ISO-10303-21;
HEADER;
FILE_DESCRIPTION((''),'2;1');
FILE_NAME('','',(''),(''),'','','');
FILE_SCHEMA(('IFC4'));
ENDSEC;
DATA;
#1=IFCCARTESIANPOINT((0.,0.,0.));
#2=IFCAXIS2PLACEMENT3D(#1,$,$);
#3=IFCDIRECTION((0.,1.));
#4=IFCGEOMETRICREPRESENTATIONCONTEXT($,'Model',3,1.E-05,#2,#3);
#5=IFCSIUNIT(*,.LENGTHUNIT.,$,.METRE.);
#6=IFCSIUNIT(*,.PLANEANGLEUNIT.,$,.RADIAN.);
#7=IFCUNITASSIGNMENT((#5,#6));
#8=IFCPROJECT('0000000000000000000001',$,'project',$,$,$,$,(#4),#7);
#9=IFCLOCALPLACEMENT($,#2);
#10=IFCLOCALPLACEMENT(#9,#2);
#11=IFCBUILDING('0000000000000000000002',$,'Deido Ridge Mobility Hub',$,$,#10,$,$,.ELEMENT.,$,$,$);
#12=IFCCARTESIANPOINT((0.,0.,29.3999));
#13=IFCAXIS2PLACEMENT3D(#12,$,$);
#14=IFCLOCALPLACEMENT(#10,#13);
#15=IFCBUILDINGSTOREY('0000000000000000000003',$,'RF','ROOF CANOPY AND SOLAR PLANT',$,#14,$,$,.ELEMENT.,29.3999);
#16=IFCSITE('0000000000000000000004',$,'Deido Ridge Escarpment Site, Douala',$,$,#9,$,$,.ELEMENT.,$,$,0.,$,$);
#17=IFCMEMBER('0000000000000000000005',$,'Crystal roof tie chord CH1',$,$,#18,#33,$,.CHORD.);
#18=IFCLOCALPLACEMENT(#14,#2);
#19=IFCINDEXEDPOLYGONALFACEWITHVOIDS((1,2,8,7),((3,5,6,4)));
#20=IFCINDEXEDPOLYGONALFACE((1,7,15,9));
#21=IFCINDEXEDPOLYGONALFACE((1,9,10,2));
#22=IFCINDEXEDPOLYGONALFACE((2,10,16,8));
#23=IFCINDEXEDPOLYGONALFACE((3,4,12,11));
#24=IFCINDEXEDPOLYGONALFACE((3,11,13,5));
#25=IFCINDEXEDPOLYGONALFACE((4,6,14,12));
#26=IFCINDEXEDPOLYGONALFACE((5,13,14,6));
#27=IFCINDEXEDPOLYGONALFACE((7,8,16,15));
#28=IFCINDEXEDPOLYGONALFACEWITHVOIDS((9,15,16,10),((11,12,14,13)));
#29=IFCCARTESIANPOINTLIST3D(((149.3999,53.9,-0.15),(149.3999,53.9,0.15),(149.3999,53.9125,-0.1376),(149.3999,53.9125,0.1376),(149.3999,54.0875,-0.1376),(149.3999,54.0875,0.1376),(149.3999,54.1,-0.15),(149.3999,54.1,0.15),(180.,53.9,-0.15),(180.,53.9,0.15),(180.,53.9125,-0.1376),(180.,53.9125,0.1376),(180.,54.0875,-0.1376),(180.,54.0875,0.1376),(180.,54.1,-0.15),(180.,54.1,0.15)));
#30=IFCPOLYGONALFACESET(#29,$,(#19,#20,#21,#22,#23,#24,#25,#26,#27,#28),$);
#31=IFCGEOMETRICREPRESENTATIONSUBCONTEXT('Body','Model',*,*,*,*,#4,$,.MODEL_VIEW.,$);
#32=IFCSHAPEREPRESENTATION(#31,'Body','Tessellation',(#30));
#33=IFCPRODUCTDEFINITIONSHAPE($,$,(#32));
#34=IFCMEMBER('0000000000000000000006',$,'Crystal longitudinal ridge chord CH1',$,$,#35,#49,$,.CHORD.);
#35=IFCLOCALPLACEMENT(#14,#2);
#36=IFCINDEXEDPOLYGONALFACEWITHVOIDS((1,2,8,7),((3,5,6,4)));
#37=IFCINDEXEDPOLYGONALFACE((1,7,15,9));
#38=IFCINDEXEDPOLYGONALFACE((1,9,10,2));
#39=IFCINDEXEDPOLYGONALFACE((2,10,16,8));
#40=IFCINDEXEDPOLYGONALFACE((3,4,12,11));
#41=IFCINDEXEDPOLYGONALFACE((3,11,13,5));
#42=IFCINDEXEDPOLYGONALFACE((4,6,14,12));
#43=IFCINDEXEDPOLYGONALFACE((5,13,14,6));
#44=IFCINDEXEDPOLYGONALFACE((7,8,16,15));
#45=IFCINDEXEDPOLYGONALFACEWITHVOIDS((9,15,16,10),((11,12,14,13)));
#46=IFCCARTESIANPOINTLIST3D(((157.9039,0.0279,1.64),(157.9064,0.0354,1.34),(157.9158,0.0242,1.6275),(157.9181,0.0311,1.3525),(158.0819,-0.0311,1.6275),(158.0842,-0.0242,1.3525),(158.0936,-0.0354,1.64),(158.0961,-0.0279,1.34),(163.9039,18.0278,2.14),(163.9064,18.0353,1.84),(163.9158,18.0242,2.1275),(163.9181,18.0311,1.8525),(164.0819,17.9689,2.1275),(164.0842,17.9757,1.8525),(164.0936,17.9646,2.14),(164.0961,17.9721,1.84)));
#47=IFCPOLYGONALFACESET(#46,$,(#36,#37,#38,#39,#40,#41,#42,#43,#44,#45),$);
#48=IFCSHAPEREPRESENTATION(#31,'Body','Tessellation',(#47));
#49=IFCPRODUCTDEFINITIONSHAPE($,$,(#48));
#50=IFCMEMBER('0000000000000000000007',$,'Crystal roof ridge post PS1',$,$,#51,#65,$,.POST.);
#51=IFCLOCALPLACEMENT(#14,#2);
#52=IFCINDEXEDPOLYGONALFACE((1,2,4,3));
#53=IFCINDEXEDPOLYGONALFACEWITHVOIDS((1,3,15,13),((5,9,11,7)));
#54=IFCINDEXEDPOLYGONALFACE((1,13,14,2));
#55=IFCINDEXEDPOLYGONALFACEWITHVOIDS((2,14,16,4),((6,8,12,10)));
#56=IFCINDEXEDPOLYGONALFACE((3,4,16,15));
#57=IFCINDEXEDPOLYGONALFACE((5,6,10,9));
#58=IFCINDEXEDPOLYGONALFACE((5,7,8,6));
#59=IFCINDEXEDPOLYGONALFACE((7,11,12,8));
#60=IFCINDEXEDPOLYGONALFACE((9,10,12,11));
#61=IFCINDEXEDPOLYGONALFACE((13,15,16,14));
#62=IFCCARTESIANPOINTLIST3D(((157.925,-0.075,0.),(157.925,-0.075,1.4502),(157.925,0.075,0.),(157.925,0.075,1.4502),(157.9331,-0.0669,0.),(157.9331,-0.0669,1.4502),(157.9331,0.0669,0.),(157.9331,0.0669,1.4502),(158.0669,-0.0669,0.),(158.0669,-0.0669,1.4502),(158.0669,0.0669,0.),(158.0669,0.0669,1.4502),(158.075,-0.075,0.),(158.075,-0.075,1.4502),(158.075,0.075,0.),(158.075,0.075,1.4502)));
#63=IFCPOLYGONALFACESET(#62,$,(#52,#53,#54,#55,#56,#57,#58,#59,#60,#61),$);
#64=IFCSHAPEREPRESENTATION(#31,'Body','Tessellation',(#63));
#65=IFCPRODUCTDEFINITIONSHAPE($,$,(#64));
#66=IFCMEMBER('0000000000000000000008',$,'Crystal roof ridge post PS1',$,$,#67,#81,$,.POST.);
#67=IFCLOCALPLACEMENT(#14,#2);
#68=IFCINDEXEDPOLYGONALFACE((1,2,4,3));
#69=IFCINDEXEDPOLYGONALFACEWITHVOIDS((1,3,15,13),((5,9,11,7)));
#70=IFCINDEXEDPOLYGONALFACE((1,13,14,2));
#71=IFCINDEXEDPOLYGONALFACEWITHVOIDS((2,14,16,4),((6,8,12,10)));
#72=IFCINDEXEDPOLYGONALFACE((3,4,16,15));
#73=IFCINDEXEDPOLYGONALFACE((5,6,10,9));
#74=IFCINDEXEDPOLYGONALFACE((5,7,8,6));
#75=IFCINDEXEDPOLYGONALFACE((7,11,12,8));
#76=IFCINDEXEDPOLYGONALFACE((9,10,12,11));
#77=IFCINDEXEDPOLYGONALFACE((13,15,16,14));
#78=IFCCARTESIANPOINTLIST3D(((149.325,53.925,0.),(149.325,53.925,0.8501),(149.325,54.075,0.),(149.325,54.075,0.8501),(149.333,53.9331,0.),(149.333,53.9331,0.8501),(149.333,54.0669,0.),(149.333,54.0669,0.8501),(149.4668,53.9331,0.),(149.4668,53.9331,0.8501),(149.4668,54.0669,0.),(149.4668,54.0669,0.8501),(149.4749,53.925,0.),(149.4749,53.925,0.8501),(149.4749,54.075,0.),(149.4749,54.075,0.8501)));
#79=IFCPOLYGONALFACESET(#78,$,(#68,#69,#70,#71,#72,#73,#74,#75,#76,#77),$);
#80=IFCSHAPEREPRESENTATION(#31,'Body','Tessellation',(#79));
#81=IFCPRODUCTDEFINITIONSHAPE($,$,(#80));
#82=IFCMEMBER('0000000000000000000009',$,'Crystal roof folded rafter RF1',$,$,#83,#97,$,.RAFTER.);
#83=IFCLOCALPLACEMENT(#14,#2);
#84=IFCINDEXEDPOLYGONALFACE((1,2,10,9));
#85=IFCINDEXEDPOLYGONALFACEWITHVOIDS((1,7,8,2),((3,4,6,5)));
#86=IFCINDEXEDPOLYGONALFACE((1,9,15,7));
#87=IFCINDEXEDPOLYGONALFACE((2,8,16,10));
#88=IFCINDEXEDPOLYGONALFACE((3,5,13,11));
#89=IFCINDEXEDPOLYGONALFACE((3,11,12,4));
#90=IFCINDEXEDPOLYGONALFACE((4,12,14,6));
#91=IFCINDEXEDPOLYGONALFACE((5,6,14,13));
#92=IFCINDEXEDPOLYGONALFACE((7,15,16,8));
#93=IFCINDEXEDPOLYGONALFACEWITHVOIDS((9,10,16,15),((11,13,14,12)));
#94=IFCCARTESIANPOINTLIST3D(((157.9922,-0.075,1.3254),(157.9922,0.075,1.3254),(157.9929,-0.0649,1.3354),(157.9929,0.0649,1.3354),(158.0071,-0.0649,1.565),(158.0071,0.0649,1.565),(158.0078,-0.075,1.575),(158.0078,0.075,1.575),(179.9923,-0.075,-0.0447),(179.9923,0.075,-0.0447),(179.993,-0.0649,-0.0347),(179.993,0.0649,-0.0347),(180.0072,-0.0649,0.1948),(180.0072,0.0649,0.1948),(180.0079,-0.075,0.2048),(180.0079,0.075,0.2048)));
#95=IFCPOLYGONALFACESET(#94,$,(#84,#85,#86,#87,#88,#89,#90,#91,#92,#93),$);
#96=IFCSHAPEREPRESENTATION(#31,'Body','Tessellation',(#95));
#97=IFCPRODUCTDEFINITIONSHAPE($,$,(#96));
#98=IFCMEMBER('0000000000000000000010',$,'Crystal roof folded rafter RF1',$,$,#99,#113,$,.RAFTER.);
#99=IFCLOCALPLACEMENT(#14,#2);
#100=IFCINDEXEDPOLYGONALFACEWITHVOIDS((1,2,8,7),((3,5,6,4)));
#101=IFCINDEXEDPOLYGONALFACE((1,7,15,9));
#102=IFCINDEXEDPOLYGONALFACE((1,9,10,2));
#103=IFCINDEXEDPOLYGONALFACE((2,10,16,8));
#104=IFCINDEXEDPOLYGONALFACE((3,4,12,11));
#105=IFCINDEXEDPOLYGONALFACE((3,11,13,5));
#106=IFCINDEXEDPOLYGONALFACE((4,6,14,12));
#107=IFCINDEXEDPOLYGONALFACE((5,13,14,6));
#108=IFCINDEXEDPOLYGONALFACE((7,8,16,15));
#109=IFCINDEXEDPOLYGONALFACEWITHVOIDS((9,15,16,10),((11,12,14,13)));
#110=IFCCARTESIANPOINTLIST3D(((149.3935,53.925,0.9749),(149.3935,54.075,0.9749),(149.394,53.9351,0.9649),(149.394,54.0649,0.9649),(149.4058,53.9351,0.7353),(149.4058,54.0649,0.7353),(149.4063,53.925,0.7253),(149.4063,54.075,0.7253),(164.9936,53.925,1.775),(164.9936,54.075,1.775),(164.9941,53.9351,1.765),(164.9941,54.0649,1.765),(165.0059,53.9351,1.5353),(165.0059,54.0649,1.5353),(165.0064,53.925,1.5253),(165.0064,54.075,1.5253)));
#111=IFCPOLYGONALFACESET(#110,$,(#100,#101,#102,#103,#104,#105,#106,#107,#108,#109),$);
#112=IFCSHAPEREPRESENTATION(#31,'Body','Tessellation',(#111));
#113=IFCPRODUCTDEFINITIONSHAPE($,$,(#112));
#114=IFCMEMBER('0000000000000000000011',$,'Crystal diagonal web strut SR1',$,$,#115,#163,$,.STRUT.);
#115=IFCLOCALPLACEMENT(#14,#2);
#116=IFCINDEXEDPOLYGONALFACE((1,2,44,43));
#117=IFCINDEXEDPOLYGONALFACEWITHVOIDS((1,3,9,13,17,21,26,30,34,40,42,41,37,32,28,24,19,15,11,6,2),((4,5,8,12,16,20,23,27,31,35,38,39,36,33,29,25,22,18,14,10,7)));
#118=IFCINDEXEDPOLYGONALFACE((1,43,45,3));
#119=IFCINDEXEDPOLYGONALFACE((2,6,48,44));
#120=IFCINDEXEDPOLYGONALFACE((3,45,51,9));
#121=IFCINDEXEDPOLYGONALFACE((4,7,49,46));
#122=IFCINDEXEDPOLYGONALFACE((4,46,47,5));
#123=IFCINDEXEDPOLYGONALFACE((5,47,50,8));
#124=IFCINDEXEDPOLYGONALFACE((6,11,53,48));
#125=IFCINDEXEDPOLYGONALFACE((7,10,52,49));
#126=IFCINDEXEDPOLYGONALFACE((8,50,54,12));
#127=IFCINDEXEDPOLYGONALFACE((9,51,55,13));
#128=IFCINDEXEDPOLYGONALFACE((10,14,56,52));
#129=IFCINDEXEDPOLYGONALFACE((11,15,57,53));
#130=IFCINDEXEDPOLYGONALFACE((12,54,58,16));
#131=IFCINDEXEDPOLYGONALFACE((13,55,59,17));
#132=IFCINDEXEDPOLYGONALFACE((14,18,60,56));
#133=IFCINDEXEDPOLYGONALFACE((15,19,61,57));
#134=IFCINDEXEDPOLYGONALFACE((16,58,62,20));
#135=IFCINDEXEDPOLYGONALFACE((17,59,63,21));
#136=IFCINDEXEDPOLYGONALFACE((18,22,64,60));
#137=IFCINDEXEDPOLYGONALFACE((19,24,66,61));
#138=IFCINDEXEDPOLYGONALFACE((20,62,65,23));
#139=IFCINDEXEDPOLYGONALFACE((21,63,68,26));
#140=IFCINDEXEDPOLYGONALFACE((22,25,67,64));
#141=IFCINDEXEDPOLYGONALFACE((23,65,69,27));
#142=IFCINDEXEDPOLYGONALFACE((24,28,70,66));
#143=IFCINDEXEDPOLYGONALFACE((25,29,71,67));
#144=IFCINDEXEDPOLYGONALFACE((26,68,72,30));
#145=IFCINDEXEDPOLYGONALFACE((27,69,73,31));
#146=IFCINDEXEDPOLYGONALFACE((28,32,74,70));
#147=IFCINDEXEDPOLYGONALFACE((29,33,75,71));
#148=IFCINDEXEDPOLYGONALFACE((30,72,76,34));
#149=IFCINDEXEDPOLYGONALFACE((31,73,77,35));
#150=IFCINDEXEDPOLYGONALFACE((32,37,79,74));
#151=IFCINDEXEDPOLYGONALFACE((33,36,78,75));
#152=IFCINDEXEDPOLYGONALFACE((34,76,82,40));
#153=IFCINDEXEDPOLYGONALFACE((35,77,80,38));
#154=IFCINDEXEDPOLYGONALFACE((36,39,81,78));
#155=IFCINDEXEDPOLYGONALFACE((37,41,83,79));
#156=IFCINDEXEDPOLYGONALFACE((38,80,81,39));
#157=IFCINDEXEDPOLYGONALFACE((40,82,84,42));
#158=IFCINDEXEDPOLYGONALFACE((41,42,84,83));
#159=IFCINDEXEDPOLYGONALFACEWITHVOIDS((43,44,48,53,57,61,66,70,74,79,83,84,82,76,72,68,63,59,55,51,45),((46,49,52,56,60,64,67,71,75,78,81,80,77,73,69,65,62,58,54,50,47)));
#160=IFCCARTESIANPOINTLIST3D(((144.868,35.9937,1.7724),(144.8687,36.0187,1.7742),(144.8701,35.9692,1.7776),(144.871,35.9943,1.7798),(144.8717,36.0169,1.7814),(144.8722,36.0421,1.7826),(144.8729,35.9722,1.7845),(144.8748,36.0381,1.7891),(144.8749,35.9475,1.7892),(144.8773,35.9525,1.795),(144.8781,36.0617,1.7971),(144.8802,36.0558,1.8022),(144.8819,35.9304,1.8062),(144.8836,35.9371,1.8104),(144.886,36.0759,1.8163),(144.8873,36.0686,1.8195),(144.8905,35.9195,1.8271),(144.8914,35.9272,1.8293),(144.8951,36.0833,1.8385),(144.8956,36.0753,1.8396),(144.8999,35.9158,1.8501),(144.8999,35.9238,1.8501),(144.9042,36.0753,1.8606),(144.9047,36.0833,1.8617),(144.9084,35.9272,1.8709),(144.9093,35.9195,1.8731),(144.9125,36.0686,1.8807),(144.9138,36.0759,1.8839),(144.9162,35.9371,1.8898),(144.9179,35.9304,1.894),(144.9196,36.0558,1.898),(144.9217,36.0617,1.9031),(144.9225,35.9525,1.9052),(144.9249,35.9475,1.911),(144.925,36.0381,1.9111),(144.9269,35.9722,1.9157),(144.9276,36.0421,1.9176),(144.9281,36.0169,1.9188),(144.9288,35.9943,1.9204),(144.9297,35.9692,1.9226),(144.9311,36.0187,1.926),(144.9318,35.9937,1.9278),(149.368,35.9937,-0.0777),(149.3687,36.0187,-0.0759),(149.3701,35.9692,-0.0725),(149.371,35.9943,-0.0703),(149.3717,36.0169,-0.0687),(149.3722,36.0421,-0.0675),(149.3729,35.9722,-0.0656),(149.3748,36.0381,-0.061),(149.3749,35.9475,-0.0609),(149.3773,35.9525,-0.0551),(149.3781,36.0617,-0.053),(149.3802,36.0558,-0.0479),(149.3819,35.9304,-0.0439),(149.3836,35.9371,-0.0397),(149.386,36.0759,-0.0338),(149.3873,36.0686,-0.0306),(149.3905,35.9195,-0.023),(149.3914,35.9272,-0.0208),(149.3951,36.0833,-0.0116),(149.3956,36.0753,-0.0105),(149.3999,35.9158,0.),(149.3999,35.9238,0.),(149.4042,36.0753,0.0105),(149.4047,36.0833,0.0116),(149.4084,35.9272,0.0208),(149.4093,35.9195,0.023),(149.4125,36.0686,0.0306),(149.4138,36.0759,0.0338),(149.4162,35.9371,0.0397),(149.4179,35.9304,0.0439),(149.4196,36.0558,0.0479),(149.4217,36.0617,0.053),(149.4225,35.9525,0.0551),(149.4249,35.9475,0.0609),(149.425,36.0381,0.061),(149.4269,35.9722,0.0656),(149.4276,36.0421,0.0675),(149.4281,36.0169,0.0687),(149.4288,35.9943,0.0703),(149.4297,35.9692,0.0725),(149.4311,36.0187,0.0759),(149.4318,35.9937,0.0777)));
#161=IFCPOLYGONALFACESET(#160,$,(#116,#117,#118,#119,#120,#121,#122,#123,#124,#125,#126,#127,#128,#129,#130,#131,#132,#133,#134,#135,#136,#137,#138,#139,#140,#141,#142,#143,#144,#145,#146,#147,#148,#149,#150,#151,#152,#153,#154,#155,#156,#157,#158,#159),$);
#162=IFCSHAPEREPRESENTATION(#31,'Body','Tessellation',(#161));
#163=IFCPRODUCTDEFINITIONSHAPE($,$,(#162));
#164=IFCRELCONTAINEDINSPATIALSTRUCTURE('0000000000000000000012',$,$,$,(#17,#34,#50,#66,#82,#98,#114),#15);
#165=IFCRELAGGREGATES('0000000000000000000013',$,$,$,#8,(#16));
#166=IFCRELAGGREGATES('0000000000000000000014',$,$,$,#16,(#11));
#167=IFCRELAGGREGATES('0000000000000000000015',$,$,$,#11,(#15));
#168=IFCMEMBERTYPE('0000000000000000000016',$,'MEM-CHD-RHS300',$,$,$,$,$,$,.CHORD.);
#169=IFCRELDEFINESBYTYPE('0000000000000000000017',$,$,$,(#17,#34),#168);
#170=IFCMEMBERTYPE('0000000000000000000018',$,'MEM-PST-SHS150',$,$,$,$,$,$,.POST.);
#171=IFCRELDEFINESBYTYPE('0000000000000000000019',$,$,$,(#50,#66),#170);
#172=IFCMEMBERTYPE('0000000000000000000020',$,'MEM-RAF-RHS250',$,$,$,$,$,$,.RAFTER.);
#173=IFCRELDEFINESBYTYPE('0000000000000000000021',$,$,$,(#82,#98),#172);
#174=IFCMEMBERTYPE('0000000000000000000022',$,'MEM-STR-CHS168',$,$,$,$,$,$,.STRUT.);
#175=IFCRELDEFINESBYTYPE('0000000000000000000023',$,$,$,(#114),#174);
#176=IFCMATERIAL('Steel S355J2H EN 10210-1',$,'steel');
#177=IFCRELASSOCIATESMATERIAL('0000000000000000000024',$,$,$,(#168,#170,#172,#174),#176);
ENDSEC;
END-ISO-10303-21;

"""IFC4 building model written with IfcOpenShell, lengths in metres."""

from ifc_helpers import new_model, si_unit, direction, frame, origin, origin_2d, place, context, subcontext, project, spatial, hollow_rectangle, hollow_circle, extrude, material, material_profile, profile_set, type_object, element, save


model = new_model("IFC4")

# Units and contexts
model_context = context("Model", 3, precision=1e-05, world=origin(), true_north=direction((0.0, 1.0)))
body_context = subcontext(model_context, "Body", "Model", "MODEL_VIEW")
ifc_project = project(units=[si_unit("LENGTHUNIT", "METRE"), si_unit("PLANEANGLEUNIT", "RADIAN")], contexts=[model_context])

# Site, building, storey
site_placement = place(None, origin())
site = spatial("IfcSite", under=ifc_project, at=site_placement, Name="Deido Ridge Escarpment Site, Douala", CompositionType="ELEMENT", RefElevation=0.0)
building_placement = place(site_placement, origin())
building = spatial("IfcBuilding", under=site, at=building_placement, Name="Deido Ridge Mobility Hub", CompositionType="ELEMENT")
storey_placement = place(building_placement, frame((0.0, 0.0, 29.3999)))
storey = spatial("IfcBuildingStorey", under=building, at=storey_placement, Name="RF", Description="ROOF CANOPY AND SOLAR PLANT", CompositionType="ELEMENT", Elevation=29.3999)

# Members
ifc_material_1 = material(Name="Steel S355J2H EN 10210-1", Category="steel")
ifc_material_profile_1 = material_profile(ifc_material_1, hollow_rectangle(XDim=0.2, YDim=0.3, WallThickness=0.0125, at=origin_2d()), Name="RHS 300x200x12.5")
ifc_profile_set_1 = profile_set([ifc_material_profile_1], Name="Steel S355J2H EN 10210-1")
member_type_1 = type_object("IfcMemberType", Name="MEM-CHD-RHS300", PredefinedType="CHORD", material=ifc_profile_set_1)
member_1_placement = place(storey_placement, frame((149.3999, 54.0, 0.0), z_axis=(1.0, 0.0, 0.0), x_axis=(0.0, 1.0, 0.0)))
element("IfcMember", 1, at=member_1_placement, inside=storey, type_object=member_type_1, Name="Crystal roof tie chord CH1", PredefinedType="CHORD", context=body_context, shape_type="SweptSolid", body=[
    extrude(hollow_rectangle(XDim=0.2, YDim=0.3, WallThickness=0.0125, at=origin_2d()), origin(), (0.0, 0.0, 1.0), 30.6001),
])
member_2_placement = place(storey_placement, frame((158.0, 0.0, 1.49), z_axis=(0.316118, 0.948354, 0.026343), x_axis=(-0.948683, 0.316228, 0.0)))
element("IfcMember", 2, at=member_2_placement, inside=storey, type_object=member_type_1, Name="Crystal longitudinal ridge chord CH1", PredefinedType="CHORD", context=body_context, shape_type="SweptSolid", body=[
    extrude(hollow_rectangle(XDim=0.2, YDim=0.3, WallThickness=0.0125, at=origin_2d()), origin(), (0.0, 0.0, 1.0), 18.9802),
])
ifc_material_profile_2 = material_profile(ifc_material_1, hollow_rectangle(XDim=0.1499, YDim=0.1499, WallThickness=0.0081, at=origin_2d()), Name="SHS 150x150x8")
ifc_profile_set_2 = profile_set([ifc_material_profile_2], Name="Steel S355J2H EN 10210-1")
member_type_2 = type_object("IfcMemberType", Name="MEM-PST-SHS150", PredefinedType="POST", material=ifc_profile_set_2)
member_3_placement = place(storey_placement, frame((158.0, 0.0, 0.0), z_axis=(0.0, 0.0, 1.0), x_axis=(1.0, 0.0, 0.0)))
element("IfcMember", 3, at=member_3_placement, inside=storey, type_object=member_type_2, Name="Crystal roof ridge post PS1", PredefinedType="POST", context=body_context, shape_type="SweptSolid", body=[
    extrude(hollow_rectangle(XDim=0.1499, YDim=0.1499, WallThickness=0.0081, at=origin_2d()), origin(), (0.0, 0.0, 1.0), 1.4502),
])
member_4_placement = place(storey_placement, frame((149.3999, 54.0, 0.0), z_axis=(0.0, 0.0, 1.0), x_axis=(1.0, 0.0, 0.0)))
element("IfcMember", 4, at=member_4_placement, inside=storey, type_object=member_type_2, Name="Crystal roof ridge post PS1", PredefinedType="POST", context=body_context, shape_type="SweptSolid", body=[
    extrude(hollow_rectangle(XDim=0.1499, YDim=0.1499, WallThickness=0.0081, at=origin_2d()), origin(), (0.0, 0.0, 1.0), 0.8501),
])
ifc_material_profile_3 = material_profile(ifc_material_1, hollow_rectangle(XDim=0.1499, YDim=0.25, WallThickness=0.01, at=origin_2d()), Name="RHS 250x150x10")
ifc_profile_set_3 = profile_set([ifc_material_profile_3], Name="Steel S355J2H EN 10210-1")
member_type_3 = type_object("IfcMemberType", Name="MEM-RAF-RHS250", PredefinedType="RAFTER", material=ifc_profile_set_3)
member_5_placement = place(storey_placement, frame((158.0, 0.0, 1.4502), z_axis=(0.998066, 0.0, -0.062158), x_axis=(0.0, 1.0, 0.0)))
element("IfcMember", 5, at=member_5_placement, inside=storey, type_object=member_type_3, Name="Crystal roof folded rafter RF1", PredefinedType="RAFTER", context=body_context, shape_type="SweptSolid", body=[
    extrude(hollow_rectangle(XDim=0.1499, YDim=0.25, WallThickness=0.01, at=origin_2d()), origin(), (0.0, 0.0, 1.0), 22.0427),
])
member_6_placement = place(storey_placement, frame((149.3999, 54.0, 0.8501), z_axis=(0.998688, 0.0, 0.051218), x_axis=(0.0, 1.0, 0.0)))
element("IfcMember", 6, at=member_6_placement, inside=storey, type_object=member_type_3, Name="Crystal roof folded rafter RF1", PredefinedType="RAFTER", context=body_context, shape_type="SweptSolid", body=[
    extrude(hollow_rectangle(XDim=0.1499, YDim=0.25, WallThickness=0.01, at=origin_2d()), origin(), (0.0, 0.0, 1.0), 15.6206),
])
ifc_material_profile_4 = material_profile(ifc_material_1, hollow_circle(Radius=0.0842, WallThickness=0.0081, at=origin_2d()), Name="CHS 168.3x8")
ifc_profile_set_4 = profile_set([ifc_material_profile_4], Name="Steel S355J2H EN 10210-1")
member_type_4 = type_object("IfcMemberType", Name="MEM-STR-CHS168", PredefinedType="STRUT", material=ifc_profile_set_4)
member_7_placement = place(storey_placement, frame((149.3999, 36.0, 0.0), z_axis=(-0.924884, 0.0, 0.38025), x_axis=(0.0, -1.0, 0.0)))
element("IfcMember", 7, at=member_7_placement, inside=storey, type_object=member_type_4, Name="Crystal diagonal web strut SR1", PredefinedType="STRUT", context=body_context, shape_type="SweptSolid", body=[
    extrude(hollow_circle(Radius=0.0842, WallThickness=0.0081, at=origin_2d()), origin(), (0.0, 0.0, 1.0), 4.8655),
])

save(model, "model.ifc")
